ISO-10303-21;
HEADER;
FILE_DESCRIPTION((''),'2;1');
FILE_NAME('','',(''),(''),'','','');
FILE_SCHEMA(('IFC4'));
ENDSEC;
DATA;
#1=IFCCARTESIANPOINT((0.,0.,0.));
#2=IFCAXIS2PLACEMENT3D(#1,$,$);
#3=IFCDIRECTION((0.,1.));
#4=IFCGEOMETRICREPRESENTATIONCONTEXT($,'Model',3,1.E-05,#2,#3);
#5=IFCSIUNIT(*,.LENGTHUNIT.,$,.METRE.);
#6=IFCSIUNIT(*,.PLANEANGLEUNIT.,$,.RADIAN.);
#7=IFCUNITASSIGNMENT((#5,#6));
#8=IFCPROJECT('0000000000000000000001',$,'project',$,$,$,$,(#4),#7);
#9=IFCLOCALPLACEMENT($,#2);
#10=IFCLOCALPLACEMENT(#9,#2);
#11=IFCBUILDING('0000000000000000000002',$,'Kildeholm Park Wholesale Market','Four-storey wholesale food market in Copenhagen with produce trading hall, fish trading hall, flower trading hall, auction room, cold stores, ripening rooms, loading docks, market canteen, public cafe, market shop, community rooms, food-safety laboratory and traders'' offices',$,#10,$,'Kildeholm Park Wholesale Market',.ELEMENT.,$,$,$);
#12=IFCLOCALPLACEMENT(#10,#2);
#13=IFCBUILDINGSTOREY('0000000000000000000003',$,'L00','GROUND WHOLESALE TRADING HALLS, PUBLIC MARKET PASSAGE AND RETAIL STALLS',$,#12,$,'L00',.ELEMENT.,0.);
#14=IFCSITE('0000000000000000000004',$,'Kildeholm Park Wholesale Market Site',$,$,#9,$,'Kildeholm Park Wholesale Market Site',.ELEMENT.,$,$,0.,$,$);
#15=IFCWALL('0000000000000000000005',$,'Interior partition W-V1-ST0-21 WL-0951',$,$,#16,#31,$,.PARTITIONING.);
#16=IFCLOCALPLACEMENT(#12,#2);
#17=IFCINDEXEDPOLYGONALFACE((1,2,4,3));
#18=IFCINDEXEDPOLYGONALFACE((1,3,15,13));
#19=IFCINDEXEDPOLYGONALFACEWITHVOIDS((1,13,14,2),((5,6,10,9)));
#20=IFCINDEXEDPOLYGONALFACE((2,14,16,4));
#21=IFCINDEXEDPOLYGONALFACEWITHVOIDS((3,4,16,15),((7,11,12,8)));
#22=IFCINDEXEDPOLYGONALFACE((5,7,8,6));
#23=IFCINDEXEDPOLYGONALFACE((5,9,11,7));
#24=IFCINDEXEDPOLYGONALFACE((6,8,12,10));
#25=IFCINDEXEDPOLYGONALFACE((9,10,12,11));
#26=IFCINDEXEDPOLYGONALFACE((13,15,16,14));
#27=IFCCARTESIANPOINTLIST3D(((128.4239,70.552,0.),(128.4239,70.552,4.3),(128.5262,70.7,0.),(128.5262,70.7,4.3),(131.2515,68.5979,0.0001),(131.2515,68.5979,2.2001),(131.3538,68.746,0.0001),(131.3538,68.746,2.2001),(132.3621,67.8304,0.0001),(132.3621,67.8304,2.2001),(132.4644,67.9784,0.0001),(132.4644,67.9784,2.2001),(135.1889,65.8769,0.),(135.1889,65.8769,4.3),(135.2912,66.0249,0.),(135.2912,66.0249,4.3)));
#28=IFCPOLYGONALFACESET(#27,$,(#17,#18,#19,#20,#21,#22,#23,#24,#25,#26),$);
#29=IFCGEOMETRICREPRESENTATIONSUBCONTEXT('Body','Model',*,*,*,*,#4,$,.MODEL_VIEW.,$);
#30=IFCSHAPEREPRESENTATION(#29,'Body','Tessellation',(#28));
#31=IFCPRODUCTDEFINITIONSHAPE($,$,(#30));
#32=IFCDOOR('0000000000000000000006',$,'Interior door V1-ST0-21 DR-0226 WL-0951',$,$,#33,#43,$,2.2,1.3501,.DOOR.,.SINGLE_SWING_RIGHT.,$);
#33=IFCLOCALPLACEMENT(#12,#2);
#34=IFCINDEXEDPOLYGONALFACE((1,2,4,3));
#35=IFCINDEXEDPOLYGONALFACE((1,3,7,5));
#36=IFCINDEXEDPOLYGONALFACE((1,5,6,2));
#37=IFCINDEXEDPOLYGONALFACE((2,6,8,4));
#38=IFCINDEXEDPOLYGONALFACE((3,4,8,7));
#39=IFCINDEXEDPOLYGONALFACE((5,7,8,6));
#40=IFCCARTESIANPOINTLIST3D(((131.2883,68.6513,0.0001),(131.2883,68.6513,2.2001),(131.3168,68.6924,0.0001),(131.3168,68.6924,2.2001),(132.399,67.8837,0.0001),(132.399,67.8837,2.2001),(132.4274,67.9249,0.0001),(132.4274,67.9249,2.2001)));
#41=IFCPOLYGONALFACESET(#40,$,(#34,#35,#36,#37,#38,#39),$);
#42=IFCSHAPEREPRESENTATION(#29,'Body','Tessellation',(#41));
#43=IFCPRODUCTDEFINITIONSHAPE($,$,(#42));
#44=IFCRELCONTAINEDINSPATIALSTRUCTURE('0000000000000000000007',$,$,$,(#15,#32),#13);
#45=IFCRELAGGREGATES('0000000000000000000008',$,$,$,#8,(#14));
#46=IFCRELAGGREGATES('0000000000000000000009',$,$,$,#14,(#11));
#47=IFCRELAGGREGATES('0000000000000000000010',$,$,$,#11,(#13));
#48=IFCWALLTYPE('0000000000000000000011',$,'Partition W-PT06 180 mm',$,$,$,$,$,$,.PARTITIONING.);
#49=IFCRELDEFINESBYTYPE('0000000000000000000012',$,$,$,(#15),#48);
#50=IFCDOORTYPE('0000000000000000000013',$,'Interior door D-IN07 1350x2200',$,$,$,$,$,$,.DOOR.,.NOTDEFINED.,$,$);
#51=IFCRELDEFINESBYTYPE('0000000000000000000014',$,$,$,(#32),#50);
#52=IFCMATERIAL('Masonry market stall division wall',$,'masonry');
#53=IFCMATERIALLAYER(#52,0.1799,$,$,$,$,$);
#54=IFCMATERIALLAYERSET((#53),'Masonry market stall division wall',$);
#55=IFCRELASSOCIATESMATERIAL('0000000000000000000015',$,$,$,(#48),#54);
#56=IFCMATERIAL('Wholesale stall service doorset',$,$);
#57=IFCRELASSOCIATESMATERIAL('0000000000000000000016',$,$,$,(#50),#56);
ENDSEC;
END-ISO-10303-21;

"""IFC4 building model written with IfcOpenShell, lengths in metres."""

from ifc_helpers import new_model, si_unit, direction, frame, frame_2d, origin, place, context, subcontext, project, spatial, rectangle, extrude, material, layer, layer_set, type_object, element, fill, save


model = new_model("IFC4")

# Units and contexts
model_context = context("Model", 3, precision=1e-05, world=origin(), true_north=direction((0.0, 1.0)))
body_context = subcontext(model_context, "Body", "Model", "MODEL_VIEW")
ifc_project = project(units=[si_unit("LENGTHUNIT", "METRE"), si_unit("PLANEANGLEUNIT", "RADIAN")], contexts=[model_context])

# Site, building, storey
site_placement = place(None, origin())
site = spatial("IfcSite", under=ifc_project, at=site_placement, Name="Kildeholm Park Wholesale Market Site", LongName="Kildeholm Park Wholesale Market Site", CompositionType="ELEMENT", RefElevation=0.0)
building_placement = place(site_placement, origin())
building = spatial("IfcBuilding", under=site, at=building_placement, Name="Kildeholm Park Wholesale Market", Description="Four-storey wholesale food market in Copenhagen with produce trading hall, fish trading hall, flower trading hall, auction room, cold stores, ripening rooms, loading docks, market canteen, public cafe, market shop, community rooms, food-safety laboratory and traders' offices", LongName="Kildeholm Park Wholesale Market", CompositionType="ELEMENT")
storey_placement = place(building_placement, origin())
storey = spatial("IfcBuildingStorey", under=building, at=storey_placement, Name="L00", Description="GROUND WHOLESALE TRADING HALLS, PUBLIC MARKET PASSAGE AND RETAIL STALLS", LongName="L00", CompositionType="ELEMENT", Elevation=0.0)

# Wall, opening, door
ifc_material_1 = material(Name="Masonry market stall division wall", Category="masonry")
ifc_layer_1 = layer(ifc_material_1, 0.1799)
ifc_layer_set_1 = layer_set([ifc_layer_1], Name="Masonry market stall division wall")
wall_type = type_object("IfcWallType", Name="Partition W-PT06 180 mm", PredefinedType="PARTITIONING", material=ifc_layer_set_1)
wall_placement = place(storey_placement, frame((128.4751, 70.626, 0.0), z_axis=(0.0, 0.0, 1.0), x_axis=(0.822666, -0.568524, 0.0)))
wall = element("IfcWall", 1, at=wall_placement, inside=storey, type_object=wall_type, Name="Interior partition W-V1-ST0-21 WL-0951", PredefinedType="PARTITIONING", context=body_context, shape_type="SweptSolid", body=[
    extrude(rectangle(XDim=8.2231, YDim=0.1799, at=frame_2d((4.1116, 0.0))), origin(), (0.0, 0.0, 1.0), 4.3),
])
opening_placement = place(wall_placement, frame((3.437, 0.0, 0.0)))
opening = element("IfcOpeningElement", 2, at=opening_placement, cuts=wall, PredefinedType="OPENING", context=body_context, shape_type="SweptSolid", body=[
    extrude(rectangle(XDim=1.3501, YDim=2.2, at=frame_2d((0.675, 1.1001))), frame((0.0, 0.0999, 0.0), z_axis=(0.0, -1.0, 0.0), x_axis=(1.0, 0.0, 0.0)), (0.0, 0.0, 1.0), 0.2),
])
ifc_material_2 = material(Name="Wholesale stall service doorset")
door_type = type_object("IfcDoorType", Name="Interior door D-IN07 1350x2200", OperationType="NOTDEFINED", PredefinedType="DOOR", material=ifc_material_2)
door_placement = place(opening_placement, origin())
door = element("IfcDoor", 3, at=door_placement, inside=storey, type_object=door_type, Name="Interior door V1-ST0-21 DR-0226 WL-0951", OperationType="SINGLE_SWING_RIGHT", OverallHeight=2.2, OverallWidth=1.3501, PredefinedType="DOOR", context=body_context, shape_type="SweptSolid", body=[
    extrude(rectangle(XDim=1.3501, YDim=2.2, at=frame_2d((0.675, 1.1001))), frame((0.0, 0.0249, 0.0), z_axis=(0.0, -1.0, 0.0), x_axis=(1.0, 0.0, 0.0)), (0.0, 0.0, 1.0), 0.05),
])
fill(opening, door)

save(model, "model.ifc")
